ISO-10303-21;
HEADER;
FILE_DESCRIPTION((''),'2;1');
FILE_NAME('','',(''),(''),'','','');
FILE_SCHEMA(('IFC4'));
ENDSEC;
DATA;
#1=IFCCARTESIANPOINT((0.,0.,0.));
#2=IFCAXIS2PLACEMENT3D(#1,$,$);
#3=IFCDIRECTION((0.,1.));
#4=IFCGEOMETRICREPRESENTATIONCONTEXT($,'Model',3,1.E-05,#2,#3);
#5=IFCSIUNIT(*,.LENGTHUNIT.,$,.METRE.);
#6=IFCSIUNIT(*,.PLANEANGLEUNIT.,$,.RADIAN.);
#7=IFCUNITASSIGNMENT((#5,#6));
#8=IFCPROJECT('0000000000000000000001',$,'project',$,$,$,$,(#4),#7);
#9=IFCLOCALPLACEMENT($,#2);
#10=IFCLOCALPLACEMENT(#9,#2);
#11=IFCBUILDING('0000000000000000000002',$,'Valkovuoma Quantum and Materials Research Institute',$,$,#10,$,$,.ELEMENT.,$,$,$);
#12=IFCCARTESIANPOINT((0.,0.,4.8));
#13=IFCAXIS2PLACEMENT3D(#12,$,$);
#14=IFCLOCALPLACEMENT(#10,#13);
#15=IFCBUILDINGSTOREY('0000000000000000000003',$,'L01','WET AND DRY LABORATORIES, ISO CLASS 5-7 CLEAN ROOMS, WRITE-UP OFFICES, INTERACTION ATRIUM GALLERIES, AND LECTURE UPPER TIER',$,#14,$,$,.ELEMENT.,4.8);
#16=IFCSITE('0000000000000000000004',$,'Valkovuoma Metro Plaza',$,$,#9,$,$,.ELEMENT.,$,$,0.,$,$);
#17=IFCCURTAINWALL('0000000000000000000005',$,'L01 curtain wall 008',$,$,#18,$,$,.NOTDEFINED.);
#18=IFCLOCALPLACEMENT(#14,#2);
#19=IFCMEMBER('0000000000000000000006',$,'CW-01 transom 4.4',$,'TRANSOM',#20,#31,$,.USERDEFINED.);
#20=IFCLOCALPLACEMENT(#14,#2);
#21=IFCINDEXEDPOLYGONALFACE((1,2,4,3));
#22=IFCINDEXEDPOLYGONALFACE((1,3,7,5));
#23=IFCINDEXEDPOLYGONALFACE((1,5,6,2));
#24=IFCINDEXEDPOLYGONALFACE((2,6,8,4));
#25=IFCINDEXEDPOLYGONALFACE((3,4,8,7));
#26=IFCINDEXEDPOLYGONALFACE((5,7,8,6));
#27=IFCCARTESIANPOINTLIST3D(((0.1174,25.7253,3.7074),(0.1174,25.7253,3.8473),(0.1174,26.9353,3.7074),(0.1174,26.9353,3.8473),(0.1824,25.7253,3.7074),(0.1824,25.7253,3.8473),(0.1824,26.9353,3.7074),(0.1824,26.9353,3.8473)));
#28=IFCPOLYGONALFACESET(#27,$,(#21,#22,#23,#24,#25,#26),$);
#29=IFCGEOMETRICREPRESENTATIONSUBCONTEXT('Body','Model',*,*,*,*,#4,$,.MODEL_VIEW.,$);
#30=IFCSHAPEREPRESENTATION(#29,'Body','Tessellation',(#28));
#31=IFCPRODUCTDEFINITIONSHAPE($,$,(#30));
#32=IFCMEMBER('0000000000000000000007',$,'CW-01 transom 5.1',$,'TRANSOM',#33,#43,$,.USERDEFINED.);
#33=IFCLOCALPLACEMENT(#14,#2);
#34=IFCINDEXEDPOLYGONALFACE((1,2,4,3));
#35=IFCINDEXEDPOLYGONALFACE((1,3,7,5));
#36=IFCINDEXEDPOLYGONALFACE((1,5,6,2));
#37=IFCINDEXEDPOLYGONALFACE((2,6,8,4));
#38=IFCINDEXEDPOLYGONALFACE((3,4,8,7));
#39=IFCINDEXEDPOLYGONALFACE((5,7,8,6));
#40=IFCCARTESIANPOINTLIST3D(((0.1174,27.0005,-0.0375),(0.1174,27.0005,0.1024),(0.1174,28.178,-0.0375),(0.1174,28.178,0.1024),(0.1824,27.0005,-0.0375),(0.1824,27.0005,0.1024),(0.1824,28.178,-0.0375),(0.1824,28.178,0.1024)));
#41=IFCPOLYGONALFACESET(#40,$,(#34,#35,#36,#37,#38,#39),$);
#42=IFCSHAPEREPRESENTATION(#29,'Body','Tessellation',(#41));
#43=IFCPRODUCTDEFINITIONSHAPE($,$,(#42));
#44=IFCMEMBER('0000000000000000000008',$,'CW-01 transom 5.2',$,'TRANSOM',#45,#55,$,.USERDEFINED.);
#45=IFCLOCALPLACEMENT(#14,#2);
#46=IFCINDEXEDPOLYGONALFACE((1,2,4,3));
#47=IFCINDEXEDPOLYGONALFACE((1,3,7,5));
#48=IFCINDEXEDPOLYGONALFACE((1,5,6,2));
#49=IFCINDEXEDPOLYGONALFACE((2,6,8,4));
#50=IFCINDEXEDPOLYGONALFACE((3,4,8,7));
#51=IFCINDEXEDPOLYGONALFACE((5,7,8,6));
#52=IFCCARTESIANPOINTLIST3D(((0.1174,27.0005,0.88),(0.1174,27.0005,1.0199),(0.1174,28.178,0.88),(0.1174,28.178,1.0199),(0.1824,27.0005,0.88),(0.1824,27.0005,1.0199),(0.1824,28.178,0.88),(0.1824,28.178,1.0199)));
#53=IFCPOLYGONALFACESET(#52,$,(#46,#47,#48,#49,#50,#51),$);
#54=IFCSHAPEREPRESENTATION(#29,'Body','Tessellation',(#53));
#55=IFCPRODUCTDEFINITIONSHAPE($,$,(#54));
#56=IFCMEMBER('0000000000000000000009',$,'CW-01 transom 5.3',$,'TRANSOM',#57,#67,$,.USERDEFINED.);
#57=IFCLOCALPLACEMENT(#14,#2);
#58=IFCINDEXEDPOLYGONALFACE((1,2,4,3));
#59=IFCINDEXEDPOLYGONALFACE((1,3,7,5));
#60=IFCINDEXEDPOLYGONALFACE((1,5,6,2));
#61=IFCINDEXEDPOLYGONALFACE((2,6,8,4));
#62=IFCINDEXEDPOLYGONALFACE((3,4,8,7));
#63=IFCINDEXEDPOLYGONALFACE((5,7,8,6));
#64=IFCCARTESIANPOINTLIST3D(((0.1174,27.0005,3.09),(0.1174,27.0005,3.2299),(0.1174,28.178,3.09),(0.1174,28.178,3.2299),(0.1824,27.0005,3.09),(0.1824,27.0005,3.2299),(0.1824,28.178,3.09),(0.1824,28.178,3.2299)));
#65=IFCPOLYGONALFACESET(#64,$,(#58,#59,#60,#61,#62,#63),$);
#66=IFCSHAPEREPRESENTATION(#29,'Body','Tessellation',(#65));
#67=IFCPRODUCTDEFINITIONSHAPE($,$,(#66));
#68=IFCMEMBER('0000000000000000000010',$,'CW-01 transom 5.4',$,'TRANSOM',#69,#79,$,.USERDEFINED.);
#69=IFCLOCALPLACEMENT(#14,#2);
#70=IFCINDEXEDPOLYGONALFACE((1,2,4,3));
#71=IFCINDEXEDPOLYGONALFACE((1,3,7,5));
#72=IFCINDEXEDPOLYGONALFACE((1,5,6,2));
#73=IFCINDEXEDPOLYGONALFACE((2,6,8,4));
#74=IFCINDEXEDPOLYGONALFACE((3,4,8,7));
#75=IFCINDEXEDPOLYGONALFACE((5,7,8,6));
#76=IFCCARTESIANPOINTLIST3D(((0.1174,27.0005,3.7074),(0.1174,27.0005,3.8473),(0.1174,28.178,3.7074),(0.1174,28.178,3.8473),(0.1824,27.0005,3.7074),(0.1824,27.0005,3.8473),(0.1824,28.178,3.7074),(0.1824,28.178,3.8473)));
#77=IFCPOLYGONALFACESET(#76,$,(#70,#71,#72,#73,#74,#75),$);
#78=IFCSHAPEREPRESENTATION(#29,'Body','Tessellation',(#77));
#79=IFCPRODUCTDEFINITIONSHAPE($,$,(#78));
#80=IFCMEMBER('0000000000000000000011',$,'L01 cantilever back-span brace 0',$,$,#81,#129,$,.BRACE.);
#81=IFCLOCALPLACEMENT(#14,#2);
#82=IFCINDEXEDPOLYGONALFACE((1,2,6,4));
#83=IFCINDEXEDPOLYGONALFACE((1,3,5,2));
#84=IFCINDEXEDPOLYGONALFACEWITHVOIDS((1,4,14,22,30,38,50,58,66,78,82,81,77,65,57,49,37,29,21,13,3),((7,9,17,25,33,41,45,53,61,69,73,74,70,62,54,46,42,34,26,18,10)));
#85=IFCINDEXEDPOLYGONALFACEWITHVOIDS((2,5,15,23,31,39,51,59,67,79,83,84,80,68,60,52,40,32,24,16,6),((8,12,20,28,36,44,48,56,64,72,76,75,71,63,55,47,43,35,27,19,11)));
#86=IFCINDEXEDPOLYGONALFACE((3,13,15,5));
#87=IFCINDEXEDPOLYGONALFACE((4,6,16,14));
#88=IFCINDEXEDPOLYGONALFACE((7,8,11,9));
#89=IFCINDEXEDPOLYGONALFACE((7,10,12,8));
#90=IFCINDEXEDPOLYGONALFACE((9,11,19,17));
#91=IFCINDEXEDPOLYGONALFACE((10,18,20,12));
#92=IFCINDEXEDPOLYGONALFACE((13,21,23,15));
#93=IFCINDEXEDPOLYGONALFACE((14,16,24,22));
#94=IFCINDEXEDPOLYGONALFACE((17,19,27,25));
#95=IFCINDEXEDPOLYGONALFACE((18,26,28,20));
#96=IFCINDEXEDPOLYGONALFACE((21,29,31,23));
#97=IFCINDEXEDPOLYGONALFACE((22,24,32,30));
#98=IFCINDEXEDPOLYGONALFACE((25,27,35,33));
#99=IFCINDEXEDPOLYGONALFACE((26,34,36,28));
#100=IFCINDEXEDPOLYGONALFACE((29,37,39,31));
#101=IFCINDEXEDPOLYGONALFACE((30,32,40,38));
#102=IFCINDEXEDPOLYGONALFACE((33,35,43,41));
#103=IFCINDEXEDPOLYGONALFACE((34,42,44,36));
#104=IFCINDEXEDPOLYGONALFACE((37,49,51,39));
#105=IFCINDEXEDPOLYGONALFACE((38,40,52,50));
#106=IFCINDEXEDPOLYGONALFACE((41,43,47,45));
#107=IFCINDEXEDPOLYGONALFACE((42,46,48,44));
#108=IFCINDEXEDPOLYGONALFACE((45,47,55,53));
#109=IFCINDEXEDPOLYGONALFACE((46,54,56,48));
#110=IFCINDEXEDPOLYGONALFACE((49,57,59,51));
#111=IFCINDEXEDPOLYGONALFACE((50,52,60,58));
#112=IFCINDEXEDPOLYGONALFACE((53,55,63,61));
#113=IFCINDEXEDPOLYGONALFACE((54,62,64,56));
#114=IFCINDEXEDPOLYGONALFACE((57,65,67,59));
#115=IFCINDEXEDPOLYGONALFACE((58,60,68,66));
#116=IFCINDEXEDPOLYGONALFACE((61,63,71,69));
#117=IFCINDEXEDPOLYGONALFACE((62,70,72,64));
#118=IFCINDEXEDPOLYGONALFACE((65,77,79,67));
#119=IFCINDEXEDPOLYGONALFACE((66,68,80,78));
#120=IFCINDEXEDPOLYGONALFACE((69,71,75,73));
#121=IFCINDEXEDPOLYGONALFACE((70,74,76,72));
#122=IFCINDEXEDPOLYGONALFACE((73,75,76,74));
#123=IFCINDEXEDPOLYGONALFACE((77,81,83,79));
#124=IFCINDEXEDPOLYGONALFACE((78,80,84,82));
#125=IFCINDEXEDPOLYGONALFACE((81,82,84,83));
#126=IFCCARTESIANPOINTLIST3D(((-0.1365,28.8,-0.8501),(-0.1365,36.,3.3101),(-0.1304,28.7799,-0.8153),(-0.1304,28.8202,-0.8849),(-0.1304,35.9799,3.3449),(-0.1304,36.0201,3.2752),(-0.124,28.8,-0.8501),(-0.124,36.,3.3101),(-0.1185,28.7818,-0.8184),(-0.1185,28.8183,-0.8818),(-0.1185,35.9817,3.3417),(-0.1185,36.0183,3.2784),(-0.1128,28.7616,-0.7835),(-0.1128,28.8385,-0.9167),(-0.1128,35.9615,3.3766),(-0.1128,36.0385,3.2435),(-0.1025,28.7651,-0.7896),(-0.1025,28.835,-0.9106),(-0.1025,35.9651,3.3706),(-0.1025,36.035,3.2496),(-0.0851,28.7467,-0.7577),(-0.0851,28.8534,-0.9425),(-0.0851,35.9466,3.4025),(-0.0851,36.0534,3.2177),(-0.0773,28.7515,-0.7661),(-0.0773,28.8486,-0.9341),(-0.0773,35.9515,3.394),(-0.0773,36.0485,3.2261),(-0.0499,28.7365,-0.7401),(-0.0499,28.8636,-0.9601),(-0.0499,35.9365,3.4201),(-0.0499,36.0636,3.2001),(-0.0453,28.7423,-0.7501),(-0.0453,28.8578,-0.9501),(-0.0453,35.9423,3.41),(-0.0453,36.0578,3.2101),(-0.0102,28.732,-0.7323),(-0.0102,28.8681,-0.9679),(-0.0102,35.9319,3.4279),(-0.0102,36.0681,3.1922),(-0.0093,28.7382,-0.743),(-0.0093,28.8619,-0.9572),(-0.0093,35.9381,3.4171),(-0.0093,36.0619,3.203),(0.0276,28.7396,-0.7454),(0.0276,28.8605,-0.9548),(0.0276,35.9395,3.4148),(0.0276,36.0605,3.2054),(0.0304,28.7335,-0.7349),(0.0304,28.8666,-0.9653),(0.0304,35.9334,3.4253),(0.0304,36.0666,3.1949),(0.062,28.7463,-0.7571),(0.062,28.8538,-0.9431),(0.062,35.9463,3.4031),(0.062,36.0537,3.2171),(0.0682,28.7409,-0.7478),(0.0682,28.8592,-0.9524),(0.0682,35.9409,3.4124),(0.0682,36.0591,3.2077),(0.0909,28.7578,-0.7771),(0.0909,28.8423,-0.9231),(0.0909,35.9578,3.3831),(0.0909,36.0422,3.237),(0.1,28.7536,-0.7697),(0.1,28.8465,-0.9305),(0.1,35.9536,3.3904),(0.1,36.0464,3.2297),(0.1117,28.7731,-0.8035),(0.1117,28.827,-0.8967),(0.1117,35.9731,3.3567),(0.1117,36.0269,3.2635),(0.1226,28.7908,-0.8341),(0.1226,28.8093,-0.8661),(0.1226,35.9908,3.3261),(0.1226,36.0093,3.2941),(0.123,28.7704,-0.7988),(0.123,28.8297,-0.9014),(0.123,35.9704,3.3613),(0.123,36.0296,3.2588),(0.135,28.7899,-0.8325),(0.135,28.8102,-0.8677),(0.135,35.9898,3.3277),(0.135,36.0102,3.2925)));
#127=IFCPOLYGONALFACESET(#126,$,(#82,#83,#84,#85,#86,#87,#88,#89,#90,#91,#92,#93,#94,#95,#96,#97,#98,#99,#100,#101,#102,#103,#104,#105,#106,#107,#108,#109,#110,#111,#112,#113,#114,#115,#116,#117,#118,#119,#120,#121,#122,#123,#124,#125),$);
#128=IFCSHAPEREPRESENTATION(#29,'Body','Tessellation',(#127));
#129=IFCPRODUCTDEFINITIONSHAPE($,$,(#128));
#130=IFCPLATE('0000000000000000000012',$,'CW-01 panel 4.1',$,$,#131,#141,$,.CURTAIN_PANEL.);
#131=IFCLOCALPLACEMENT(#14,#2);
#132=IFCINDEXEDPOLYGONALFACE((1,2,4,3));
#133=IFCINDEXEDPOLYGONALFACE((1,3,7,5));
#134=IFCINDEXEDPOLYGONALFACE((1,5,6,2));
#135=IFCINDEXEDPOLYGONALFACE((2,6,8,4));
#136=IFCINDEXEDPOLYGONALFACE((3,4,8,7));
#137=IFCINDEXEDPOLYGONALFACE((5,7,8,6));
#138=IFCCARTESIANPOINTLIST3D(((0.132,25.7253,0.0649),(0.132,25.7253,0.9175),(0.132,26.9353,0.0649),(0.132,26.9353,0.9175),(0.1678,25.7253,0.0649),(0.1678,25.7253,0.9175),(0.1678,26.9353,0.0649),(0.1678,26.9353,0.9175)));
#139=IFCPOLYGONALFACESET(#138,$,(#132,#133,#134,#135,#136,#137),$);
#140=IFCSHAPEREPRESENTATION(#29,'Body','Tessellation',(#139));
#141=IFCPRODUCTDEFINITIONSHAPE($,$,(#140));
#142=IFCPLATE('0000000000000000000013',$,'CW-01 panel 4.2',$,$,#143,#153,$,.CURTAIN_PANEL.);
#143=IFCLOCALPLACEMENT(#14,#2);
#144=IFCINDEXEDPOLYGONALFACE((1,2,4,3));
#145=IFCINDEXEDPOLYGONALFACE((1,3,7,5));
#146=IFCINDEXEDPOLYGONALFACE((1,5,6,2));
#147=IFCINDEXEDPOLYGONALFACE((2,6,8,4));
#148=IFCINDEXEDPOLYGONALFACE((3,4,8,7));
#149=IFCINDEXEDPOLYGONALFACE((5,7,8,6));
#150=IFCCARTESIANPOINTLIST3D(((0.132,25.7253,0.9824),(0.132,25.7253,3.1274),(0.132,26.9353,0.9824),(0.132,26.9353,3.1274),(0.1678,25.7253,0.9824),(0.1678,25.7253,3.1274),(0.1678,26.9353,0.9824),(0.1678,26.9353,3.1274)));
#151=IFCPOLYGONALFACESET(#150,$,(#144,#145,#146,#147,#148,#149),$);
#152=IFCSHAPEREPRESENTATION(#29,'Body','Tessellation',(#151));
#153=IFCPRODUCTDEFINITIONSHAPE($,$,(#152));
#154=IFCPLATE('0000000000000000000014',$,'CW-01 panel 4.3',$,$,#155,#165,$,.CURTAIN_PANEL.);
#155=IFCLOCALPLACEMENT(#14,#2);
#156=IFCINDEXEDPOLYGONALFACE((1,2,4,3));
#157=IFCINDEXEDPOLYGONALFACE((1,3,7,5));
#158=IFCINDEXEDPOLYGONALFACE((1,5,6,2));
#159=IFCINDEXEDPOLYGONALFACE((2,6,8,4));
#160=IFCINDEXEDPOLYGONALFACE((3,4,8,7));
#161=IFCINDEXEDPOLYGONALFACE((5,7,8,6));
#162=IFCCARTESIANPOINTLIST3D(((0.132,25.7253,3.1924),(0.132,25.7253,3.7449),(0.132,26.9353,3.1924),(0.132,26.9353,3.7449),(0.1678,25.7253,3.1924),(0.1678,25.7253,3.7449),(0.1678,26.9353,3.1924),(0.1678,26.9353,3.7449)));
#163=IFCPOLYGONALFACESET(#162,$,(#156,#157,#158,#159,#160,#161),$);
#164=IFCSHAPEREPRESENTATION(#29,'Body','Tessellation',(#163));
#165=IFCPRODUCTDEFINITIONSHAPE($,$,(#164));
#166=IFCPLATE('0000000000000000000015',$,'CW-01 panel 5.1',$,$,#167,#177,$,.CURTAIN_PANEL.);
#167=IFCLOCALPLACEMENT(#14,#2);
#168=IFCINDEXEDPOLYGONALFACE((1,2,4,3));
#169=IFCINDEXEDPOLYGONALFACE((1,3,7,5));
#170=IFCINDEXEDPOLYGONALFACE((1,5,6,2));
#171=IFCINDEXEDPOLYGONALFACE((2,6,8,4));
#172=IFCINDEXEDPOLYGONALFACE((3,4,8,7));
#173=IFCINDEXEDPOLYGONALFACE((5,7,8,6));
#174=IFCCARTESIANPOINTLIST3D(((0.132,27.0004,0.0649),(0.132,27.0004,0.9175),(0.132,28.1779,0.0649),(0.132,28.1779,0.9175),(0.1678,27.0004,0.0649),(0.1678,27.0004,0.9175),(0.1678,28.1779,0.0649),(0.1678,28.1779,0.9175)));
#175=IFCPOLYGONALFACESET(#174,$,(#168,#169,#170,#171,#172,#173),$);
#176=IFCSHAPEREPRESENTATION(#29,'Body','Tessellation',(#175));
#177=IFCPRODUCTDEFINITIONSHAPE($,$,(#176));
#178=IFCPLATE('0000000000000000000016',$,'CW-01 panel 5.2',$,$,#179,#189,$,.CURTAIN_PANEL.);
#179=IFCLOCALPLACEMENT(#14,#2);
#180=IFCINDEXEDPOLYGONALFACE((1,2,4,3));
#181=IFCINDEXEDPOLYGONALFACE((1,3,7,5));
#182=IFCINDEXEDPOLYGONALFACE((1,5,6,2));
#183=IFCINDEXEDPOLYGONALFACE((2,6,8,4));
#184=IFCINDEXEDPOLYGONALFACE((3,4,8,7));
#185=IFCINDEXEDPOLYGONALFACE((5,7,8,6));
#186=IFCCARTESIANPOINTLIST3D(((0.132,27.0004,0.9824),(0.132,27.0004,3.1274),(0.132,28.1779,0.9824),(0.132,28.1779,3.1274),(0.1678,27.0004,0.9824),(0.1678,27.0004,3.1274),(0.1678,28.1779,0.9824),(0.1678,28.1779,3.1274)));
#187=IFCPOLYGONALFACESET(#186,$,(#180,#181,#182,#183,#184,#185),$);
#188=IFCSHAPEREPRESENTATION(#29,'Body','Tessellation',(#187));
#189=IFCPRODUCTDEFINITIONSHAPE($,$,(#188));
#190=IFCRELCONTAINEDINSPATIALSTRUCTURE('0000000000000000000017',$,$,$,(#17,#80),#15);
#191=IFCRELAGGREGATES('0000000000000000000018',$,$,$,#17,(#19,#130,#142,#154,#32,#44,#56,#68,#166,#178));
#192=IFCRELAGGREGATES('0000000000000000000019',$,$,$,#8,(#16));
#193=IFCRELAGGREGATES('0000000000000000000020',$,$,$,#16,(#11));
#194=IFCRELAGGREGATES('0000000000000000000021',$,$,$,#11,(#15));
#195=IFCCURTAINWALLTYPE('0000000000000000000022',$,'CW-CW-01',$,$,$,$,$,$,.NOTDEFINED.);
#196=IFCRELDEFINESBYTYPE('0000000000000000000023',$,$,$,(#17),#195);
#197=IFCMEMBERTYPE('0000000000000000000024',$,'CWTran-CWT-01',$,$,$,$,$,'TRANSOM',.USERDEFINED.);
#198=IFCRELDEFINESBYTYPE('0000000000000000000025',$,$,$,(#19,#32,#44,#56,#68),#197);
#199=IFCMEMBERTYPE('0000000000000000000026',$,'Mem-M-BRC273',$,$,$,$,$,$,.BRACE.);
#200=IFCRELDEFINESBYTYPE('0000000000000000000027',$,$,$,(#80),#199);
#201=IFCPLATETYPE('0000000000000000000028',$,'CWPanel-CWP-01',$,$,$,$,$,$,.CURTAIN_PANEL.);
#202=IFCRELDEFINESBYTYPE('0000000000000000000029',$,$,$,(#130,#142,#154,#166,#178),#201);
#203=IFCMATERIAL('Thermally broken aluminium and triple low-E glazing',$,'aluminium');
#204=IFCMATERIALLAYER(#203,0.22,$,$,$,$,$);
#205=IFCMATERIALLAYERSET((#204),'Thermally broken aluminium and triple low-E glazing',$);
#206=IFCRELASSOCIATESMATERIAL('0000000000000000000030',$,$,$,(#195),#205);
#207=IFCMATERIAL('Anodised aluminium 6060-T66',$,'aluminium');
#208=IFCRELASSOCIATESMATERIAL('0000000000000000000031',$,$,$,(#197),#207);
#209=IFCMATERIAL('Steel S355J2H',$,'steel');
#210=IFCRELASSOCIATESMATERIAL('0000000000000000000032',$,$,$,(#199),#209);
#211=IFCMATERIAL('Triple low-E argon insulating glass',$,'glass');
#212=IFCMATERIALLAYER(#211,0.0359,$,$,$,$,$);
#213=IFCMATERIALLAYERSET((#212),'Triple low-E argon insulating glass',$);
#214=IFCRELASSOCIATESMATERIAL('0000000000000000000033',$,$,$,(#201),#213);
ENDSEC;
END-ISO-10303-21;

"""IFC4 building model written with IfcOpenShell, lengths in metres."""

from ifc_helpers import new_model, si_unit, direction, frame, origin, origin_2d, place, context, subcontext, project, spatial, rectangle, hollow_circle, extrude, material, layer, layer_set, material_profile, profile_set, type_object, element, aggregate, save


model = new_model("IFC4")

# Units and contexts
model_context = context("Model", 3, precision=1e-05, world=origin(), true_north=direction((0.0, 1.0)))
body_context = subcontext(model_context, "Body", "Model", "MODEL_VIEW")
ifc_project = project(units=[si_unit("LENGTHUNIT", "METRE"), si_unit("PLANEANGLEUNIT", "RADIAN")], contexts=[model_context])

# Site, building, storey
site_placement = place(None, origin())
site = spatial("IfcSite", under=ifc_project, at=site_placement, Name="Valkovuoma Metro Plaza", CompositionType="ELEMENT", RefElevation=0.0)
building_placement = place(site_placement, origin())
building = spatial("IfcBuilding", under=site, at=building_placement, Name="Valkovuoma Quantum and Materials Research Institute", CompositionType="ELEMENT")
storey_placement = place(building_placement, frame((0.0, 0.0, 4.8)))
storey = spatial("IfcBuildingStorey", under=building, at=storey_placement, Name="L01", Description="WET AND DRY LABORATORIES, ISO CLASS 5-7 CLEAN ROOMS, WRITE-UP OFFICES, INTERACTION ATRIUM GALLERIES, AND LECTURE UPPER TIER", CompositionType="ELEMENT", Elevation=4.8)

# Curtain wall, members
ifc_material_1 = material(Name="Thermally broken aluminium and triple low-E glazing", Category="aluminium")
ifc_layer_1 = layer(ifc_material_1, 0.22)
ifc_layer_set_1 = layer_set([ifc_layer_1], Name="Thermally broken aluminium and triple low-E glazing")
curtain_wall_type = type_object("IfcCurtainWallType", Name="CW-CW-01", PredefinedType="NOTDEFINED", material=ifc_layer_set_1)
curtain_wall_placement = place(storey_placement, origin())
curtain_wall = element("IfcCurtainWall", 1, at=curtain_wall_placement, inside=storey, type_object=curtain_wall_type, Name="L01 curtain wall 008", PredefinedType="NOTDEFINED")
ifc_material_2 = material(Name="Anodised aluminium 6060-T66", Category="aluminium")
ifc_material_profile_1 = material_profile(ifc_material_2, rectangle(XDim=0.0649, YDim=0.1399, at=origin_2d()), Name="Anodised aluminium 6060-T66")
ifc_profile_set_1 = profile_set([ifc_material_profile_1], Name="Anodised aluminium 6060-T66")
member_type_1 = type_object("IfcMemberType", Name="CWTran-CWT-01", ElementType="TRANSOM", PredefinedType="USERDEFINED", material=ifc_profile_set_1)
member_1_placement = place(storey_placement, frame((0.1499, 25.7253, 3.7773), z_axis=(0.0, 1.0, 0.0), x_axis=(-1.0, 0.0, 0.0)))
member_1 = element("IfcMember", 2, at=member_1_placement, type_object=member_type_1, Name="CW-01 transom 4.4", ObjectType="TRANSOM", PredefinedType="USERDEFINED", context=body_context, shape_type="SweptSolid", body=[
    extrude(rectangle(XDim=0.0649, YDim=0.1399, at=origin_2d()), origin(), (0.0, 0.0, 1.0), 1.21),
])
member_2_placement = place(storey_placement, frame((0.1499, 27.0005, 0.0325), z_axis=(0.0, 1.0, 0.0), x_axis=(-1.0, 0.0, 0.0)))
member_2 = element("IfcMember", 3, at=member_2_placement, type_object=member_type_1, Name="CW-01 transom 5.1", ObjectType="TRANSOM", PredefinedType="USERDEFINED", context=body_context, shape_type="SweptSolid", body=[
    extrude(rectangle(XDim=0.0649, YDim=0.1399, at=origin_2d()), origin(), (0.0, 0.0, 1.0), 1.1775),
])
member_3_placement = place(storey_placement, frame((0.1499, 27.0005, 0.95), z_axis=(0.0, 1.0, 0.0), x_axis=(-1.0, 0.0, 0.0)))
member_3 = element("IfcMember", 4, at=member_3_placement, type_object=member_type_1, Name="CW-01 transom 5.2", ObjectType="TRANSOM", PredefinedType="USERDEFINED", context=body_context, shape_type="SweptSolid", body=[
    extrude(rectangle(XDim=0.0649, YDim=0.1399, at=origin_2d()), origin(), (0.0, 0.0, 1.0), 1.1775),
])
member_4_placement = place(storey_placement, frame((0.1499, 27.0005, 3.1599), z_axis=(0.0, 1.0, 0.0), x_axis=(-1.0, 0.0, 0.0)))
member_4 = element("IfcMember", 5, at=member_4_placement, type_object=member_type_1, Name="CW-01 transom 5.3", ObjectType="TRANSOM", PredefinedType="USERDEFINED", context=body_context, shape_type="SweptSolid", body=[
    extrude(rectangle(XDim=0.0649, YDim=0.1399, at=origin_2d()), origin(), (0.0, 0.0, 1.0), 1.1775),
])
member_5_placement = place(storey_placement, frame((0.1499, 27.0005, 3.7773), z_axis=(0.0, 1.0, 0.0), x_axis=(-1.0, 0.0, 0.0)))
member_5 = element("IfcMember", 6, at=member_5_placement, type_object=member_type_1, Name="CW-01 transom 5.4", ObjectType="TRANSOM", PredefinedType="USERDEFINED", context=body_context, shape_type="SweptSolid", body=[
    extrude(rectangle(XDim=0.0649, YDim=0.1399, at=origin_2d()), origin(), (0.0, 0.0, 1.0), 1.1775),
])

# Member
ifc_material_3 = material(Name="Steel S355J2H", Category="steel")
ifc_material_profile_2 = material_profile(ifc_material_3, hollow_circle(Radius=0.1365, WallThickness=0.0125, at=origin_2d()), Name="Steel S355J2H")
ifc_profile_set_2 = profile_set([ifc_material_profile_2], Name="Steel S355J2H")
member_type_2 = type_object("IfcMemberType", Name="Mem-M-BRC273", PredefinedType="BRACE", material=ifc_profile_set_2)
member_6_placement = place(storey_placement, frame((0.0, 28.8, -0.8501), z_axis=(0.0, 0.865855, 0.500294), x_axis=(-1.0, 0.0, 0.0)))
element("IfcMember", 7, at=member_6_placement, inside=storey, type_object=member_type_2, Name="L01 cantilever back-span brace 0", PredefinedType="BRACE", context=body_context, shape_type="SweptSolid", body=[
    extrude(hollow_circle(Radius=0.1365, WallThickness=0.0125, at=origin_2d()), origin(), (0.0, 0.0, 1.0), 8.3154),
])

# Plates
ifc_material_4 = material(Name="Triple low-E argon insulating glass", Category="glass")
ifc_layer_2 = layer(ifc_material_4, 0.0359)
ifc_layer_set_2 = layer_set([ifc_layer_2], Name="Triple low-E argon insulating glass")
plate_type_1 = type_object("IfcPlateType", Name="CWPanel-CWP-01", PredefinedType="CURTAIN_PANEL", material=ifc_layer_set_2)
plate_1_placement = place(storey_placement, frame((0.1499, 26.3303, 0.0649), z_axis=(0.0, 0.0, 1.0), x_axis=(0.0, 1.0, 0.0)))
plate_1 = element("IfcPlate", 8, at=plate_1_placement, type_object=plate_type_1, Name="CW-01 panel 4.1", PredefinedType="CURTAIN_PANEL", context=body_context, shape_type="SweptSolid", body=[
    extrude(rectangle(XDim=1.21, YDim=0.0359, at=origin_2d()), origin(), (0.0, 0.0, 1.0), 0.8525),
])
plate_2_placement = place(storey_placement, frame((0.1499, 26.3303, 0.9824), z_axis=(0.0, 0.0, 1.0), x_axis=(0.0, 1.0, 0.0)))
plate_2 = element("IfcPlate", 9, at=plate_2_placement, type_object=plate_type_1, Name="CW-01 panel 4.2", PredefinedType="CURTAIN_PANEL", context=body_context, shape_type="SweptSolid", body=[
    extrude(rectangle(XDim=1.21, YDim=0.0359, at=origin_2d()), origin(), (0.0, 0.0, 1.0), 2.145),
])
plate_3_placement = place(storey_placement, frame((0.1499, 26.3303, 3.1924), z_axis=(0.0, 0.0, 1.0), x_axis=(0.0, 1.0, 0.0)))
plate_3 = element("IfcPlate", 10, at=plate_3_placement, type_object=plate_type_1, Name="CW-01 panel 4.3", PredefinedType="CURTAIN_PANEL", context=body_context, shape_type="SweptSolid", body=[
    extrude(rectangle(XDim=1.21, YDim=0.0359, at=origin_2d()), origin(), (0.0, 0.0, 1.0), 0.5525),
])
plate_4_placement = place(storey_placement, frame((0.1499, 27.5891, 0.0649), z_axis=(0.0, 0.0, 1.0), x_axis=(0.0, 1.0, 0.0)))
plate_4 = element("IfcPlate", 11, at=plate_4_placement, type_object=plate_type_1, Name="CW-01 panel 5.1", PredefinedType="CURTAIN_PANEL", context=body_context, shape_type="SweptSolid", body=[
    extrude(rectangle(XDim=1.1775, YDim=0.0359, at=origin_2d()), origin(), (0.0, 0.0, 1.0), 0.8525),
])
plate_5_placement = place(storey_placement, frame((0.1499, 27.5891, 0.9824), z_axis=(0.0, 0.0, 1.0), x_axis=(0.0, 1.0, 0.0)))
plate_5 = element("IfcPlate", 12, at=plate_5_placement, type_object=plate_type_1, Name="CW-01 panel 5.2", PredefinedType="CURTAIN_PANEL", context=body_context, shape_type="SweptSolid", body=[
    extrude(rectangle(XDim=1.1775, YDim=0.0359, at=origin_2d()), origin(), (0.0, 0.0, 1.0), 2.145),
])
aggregate(curtain_wall, [member_1, plate_1, plate_2, plate_3, member_2, member_3, member_4, member_5, plate_4, plate_5])

save(model, "model.ifc")
